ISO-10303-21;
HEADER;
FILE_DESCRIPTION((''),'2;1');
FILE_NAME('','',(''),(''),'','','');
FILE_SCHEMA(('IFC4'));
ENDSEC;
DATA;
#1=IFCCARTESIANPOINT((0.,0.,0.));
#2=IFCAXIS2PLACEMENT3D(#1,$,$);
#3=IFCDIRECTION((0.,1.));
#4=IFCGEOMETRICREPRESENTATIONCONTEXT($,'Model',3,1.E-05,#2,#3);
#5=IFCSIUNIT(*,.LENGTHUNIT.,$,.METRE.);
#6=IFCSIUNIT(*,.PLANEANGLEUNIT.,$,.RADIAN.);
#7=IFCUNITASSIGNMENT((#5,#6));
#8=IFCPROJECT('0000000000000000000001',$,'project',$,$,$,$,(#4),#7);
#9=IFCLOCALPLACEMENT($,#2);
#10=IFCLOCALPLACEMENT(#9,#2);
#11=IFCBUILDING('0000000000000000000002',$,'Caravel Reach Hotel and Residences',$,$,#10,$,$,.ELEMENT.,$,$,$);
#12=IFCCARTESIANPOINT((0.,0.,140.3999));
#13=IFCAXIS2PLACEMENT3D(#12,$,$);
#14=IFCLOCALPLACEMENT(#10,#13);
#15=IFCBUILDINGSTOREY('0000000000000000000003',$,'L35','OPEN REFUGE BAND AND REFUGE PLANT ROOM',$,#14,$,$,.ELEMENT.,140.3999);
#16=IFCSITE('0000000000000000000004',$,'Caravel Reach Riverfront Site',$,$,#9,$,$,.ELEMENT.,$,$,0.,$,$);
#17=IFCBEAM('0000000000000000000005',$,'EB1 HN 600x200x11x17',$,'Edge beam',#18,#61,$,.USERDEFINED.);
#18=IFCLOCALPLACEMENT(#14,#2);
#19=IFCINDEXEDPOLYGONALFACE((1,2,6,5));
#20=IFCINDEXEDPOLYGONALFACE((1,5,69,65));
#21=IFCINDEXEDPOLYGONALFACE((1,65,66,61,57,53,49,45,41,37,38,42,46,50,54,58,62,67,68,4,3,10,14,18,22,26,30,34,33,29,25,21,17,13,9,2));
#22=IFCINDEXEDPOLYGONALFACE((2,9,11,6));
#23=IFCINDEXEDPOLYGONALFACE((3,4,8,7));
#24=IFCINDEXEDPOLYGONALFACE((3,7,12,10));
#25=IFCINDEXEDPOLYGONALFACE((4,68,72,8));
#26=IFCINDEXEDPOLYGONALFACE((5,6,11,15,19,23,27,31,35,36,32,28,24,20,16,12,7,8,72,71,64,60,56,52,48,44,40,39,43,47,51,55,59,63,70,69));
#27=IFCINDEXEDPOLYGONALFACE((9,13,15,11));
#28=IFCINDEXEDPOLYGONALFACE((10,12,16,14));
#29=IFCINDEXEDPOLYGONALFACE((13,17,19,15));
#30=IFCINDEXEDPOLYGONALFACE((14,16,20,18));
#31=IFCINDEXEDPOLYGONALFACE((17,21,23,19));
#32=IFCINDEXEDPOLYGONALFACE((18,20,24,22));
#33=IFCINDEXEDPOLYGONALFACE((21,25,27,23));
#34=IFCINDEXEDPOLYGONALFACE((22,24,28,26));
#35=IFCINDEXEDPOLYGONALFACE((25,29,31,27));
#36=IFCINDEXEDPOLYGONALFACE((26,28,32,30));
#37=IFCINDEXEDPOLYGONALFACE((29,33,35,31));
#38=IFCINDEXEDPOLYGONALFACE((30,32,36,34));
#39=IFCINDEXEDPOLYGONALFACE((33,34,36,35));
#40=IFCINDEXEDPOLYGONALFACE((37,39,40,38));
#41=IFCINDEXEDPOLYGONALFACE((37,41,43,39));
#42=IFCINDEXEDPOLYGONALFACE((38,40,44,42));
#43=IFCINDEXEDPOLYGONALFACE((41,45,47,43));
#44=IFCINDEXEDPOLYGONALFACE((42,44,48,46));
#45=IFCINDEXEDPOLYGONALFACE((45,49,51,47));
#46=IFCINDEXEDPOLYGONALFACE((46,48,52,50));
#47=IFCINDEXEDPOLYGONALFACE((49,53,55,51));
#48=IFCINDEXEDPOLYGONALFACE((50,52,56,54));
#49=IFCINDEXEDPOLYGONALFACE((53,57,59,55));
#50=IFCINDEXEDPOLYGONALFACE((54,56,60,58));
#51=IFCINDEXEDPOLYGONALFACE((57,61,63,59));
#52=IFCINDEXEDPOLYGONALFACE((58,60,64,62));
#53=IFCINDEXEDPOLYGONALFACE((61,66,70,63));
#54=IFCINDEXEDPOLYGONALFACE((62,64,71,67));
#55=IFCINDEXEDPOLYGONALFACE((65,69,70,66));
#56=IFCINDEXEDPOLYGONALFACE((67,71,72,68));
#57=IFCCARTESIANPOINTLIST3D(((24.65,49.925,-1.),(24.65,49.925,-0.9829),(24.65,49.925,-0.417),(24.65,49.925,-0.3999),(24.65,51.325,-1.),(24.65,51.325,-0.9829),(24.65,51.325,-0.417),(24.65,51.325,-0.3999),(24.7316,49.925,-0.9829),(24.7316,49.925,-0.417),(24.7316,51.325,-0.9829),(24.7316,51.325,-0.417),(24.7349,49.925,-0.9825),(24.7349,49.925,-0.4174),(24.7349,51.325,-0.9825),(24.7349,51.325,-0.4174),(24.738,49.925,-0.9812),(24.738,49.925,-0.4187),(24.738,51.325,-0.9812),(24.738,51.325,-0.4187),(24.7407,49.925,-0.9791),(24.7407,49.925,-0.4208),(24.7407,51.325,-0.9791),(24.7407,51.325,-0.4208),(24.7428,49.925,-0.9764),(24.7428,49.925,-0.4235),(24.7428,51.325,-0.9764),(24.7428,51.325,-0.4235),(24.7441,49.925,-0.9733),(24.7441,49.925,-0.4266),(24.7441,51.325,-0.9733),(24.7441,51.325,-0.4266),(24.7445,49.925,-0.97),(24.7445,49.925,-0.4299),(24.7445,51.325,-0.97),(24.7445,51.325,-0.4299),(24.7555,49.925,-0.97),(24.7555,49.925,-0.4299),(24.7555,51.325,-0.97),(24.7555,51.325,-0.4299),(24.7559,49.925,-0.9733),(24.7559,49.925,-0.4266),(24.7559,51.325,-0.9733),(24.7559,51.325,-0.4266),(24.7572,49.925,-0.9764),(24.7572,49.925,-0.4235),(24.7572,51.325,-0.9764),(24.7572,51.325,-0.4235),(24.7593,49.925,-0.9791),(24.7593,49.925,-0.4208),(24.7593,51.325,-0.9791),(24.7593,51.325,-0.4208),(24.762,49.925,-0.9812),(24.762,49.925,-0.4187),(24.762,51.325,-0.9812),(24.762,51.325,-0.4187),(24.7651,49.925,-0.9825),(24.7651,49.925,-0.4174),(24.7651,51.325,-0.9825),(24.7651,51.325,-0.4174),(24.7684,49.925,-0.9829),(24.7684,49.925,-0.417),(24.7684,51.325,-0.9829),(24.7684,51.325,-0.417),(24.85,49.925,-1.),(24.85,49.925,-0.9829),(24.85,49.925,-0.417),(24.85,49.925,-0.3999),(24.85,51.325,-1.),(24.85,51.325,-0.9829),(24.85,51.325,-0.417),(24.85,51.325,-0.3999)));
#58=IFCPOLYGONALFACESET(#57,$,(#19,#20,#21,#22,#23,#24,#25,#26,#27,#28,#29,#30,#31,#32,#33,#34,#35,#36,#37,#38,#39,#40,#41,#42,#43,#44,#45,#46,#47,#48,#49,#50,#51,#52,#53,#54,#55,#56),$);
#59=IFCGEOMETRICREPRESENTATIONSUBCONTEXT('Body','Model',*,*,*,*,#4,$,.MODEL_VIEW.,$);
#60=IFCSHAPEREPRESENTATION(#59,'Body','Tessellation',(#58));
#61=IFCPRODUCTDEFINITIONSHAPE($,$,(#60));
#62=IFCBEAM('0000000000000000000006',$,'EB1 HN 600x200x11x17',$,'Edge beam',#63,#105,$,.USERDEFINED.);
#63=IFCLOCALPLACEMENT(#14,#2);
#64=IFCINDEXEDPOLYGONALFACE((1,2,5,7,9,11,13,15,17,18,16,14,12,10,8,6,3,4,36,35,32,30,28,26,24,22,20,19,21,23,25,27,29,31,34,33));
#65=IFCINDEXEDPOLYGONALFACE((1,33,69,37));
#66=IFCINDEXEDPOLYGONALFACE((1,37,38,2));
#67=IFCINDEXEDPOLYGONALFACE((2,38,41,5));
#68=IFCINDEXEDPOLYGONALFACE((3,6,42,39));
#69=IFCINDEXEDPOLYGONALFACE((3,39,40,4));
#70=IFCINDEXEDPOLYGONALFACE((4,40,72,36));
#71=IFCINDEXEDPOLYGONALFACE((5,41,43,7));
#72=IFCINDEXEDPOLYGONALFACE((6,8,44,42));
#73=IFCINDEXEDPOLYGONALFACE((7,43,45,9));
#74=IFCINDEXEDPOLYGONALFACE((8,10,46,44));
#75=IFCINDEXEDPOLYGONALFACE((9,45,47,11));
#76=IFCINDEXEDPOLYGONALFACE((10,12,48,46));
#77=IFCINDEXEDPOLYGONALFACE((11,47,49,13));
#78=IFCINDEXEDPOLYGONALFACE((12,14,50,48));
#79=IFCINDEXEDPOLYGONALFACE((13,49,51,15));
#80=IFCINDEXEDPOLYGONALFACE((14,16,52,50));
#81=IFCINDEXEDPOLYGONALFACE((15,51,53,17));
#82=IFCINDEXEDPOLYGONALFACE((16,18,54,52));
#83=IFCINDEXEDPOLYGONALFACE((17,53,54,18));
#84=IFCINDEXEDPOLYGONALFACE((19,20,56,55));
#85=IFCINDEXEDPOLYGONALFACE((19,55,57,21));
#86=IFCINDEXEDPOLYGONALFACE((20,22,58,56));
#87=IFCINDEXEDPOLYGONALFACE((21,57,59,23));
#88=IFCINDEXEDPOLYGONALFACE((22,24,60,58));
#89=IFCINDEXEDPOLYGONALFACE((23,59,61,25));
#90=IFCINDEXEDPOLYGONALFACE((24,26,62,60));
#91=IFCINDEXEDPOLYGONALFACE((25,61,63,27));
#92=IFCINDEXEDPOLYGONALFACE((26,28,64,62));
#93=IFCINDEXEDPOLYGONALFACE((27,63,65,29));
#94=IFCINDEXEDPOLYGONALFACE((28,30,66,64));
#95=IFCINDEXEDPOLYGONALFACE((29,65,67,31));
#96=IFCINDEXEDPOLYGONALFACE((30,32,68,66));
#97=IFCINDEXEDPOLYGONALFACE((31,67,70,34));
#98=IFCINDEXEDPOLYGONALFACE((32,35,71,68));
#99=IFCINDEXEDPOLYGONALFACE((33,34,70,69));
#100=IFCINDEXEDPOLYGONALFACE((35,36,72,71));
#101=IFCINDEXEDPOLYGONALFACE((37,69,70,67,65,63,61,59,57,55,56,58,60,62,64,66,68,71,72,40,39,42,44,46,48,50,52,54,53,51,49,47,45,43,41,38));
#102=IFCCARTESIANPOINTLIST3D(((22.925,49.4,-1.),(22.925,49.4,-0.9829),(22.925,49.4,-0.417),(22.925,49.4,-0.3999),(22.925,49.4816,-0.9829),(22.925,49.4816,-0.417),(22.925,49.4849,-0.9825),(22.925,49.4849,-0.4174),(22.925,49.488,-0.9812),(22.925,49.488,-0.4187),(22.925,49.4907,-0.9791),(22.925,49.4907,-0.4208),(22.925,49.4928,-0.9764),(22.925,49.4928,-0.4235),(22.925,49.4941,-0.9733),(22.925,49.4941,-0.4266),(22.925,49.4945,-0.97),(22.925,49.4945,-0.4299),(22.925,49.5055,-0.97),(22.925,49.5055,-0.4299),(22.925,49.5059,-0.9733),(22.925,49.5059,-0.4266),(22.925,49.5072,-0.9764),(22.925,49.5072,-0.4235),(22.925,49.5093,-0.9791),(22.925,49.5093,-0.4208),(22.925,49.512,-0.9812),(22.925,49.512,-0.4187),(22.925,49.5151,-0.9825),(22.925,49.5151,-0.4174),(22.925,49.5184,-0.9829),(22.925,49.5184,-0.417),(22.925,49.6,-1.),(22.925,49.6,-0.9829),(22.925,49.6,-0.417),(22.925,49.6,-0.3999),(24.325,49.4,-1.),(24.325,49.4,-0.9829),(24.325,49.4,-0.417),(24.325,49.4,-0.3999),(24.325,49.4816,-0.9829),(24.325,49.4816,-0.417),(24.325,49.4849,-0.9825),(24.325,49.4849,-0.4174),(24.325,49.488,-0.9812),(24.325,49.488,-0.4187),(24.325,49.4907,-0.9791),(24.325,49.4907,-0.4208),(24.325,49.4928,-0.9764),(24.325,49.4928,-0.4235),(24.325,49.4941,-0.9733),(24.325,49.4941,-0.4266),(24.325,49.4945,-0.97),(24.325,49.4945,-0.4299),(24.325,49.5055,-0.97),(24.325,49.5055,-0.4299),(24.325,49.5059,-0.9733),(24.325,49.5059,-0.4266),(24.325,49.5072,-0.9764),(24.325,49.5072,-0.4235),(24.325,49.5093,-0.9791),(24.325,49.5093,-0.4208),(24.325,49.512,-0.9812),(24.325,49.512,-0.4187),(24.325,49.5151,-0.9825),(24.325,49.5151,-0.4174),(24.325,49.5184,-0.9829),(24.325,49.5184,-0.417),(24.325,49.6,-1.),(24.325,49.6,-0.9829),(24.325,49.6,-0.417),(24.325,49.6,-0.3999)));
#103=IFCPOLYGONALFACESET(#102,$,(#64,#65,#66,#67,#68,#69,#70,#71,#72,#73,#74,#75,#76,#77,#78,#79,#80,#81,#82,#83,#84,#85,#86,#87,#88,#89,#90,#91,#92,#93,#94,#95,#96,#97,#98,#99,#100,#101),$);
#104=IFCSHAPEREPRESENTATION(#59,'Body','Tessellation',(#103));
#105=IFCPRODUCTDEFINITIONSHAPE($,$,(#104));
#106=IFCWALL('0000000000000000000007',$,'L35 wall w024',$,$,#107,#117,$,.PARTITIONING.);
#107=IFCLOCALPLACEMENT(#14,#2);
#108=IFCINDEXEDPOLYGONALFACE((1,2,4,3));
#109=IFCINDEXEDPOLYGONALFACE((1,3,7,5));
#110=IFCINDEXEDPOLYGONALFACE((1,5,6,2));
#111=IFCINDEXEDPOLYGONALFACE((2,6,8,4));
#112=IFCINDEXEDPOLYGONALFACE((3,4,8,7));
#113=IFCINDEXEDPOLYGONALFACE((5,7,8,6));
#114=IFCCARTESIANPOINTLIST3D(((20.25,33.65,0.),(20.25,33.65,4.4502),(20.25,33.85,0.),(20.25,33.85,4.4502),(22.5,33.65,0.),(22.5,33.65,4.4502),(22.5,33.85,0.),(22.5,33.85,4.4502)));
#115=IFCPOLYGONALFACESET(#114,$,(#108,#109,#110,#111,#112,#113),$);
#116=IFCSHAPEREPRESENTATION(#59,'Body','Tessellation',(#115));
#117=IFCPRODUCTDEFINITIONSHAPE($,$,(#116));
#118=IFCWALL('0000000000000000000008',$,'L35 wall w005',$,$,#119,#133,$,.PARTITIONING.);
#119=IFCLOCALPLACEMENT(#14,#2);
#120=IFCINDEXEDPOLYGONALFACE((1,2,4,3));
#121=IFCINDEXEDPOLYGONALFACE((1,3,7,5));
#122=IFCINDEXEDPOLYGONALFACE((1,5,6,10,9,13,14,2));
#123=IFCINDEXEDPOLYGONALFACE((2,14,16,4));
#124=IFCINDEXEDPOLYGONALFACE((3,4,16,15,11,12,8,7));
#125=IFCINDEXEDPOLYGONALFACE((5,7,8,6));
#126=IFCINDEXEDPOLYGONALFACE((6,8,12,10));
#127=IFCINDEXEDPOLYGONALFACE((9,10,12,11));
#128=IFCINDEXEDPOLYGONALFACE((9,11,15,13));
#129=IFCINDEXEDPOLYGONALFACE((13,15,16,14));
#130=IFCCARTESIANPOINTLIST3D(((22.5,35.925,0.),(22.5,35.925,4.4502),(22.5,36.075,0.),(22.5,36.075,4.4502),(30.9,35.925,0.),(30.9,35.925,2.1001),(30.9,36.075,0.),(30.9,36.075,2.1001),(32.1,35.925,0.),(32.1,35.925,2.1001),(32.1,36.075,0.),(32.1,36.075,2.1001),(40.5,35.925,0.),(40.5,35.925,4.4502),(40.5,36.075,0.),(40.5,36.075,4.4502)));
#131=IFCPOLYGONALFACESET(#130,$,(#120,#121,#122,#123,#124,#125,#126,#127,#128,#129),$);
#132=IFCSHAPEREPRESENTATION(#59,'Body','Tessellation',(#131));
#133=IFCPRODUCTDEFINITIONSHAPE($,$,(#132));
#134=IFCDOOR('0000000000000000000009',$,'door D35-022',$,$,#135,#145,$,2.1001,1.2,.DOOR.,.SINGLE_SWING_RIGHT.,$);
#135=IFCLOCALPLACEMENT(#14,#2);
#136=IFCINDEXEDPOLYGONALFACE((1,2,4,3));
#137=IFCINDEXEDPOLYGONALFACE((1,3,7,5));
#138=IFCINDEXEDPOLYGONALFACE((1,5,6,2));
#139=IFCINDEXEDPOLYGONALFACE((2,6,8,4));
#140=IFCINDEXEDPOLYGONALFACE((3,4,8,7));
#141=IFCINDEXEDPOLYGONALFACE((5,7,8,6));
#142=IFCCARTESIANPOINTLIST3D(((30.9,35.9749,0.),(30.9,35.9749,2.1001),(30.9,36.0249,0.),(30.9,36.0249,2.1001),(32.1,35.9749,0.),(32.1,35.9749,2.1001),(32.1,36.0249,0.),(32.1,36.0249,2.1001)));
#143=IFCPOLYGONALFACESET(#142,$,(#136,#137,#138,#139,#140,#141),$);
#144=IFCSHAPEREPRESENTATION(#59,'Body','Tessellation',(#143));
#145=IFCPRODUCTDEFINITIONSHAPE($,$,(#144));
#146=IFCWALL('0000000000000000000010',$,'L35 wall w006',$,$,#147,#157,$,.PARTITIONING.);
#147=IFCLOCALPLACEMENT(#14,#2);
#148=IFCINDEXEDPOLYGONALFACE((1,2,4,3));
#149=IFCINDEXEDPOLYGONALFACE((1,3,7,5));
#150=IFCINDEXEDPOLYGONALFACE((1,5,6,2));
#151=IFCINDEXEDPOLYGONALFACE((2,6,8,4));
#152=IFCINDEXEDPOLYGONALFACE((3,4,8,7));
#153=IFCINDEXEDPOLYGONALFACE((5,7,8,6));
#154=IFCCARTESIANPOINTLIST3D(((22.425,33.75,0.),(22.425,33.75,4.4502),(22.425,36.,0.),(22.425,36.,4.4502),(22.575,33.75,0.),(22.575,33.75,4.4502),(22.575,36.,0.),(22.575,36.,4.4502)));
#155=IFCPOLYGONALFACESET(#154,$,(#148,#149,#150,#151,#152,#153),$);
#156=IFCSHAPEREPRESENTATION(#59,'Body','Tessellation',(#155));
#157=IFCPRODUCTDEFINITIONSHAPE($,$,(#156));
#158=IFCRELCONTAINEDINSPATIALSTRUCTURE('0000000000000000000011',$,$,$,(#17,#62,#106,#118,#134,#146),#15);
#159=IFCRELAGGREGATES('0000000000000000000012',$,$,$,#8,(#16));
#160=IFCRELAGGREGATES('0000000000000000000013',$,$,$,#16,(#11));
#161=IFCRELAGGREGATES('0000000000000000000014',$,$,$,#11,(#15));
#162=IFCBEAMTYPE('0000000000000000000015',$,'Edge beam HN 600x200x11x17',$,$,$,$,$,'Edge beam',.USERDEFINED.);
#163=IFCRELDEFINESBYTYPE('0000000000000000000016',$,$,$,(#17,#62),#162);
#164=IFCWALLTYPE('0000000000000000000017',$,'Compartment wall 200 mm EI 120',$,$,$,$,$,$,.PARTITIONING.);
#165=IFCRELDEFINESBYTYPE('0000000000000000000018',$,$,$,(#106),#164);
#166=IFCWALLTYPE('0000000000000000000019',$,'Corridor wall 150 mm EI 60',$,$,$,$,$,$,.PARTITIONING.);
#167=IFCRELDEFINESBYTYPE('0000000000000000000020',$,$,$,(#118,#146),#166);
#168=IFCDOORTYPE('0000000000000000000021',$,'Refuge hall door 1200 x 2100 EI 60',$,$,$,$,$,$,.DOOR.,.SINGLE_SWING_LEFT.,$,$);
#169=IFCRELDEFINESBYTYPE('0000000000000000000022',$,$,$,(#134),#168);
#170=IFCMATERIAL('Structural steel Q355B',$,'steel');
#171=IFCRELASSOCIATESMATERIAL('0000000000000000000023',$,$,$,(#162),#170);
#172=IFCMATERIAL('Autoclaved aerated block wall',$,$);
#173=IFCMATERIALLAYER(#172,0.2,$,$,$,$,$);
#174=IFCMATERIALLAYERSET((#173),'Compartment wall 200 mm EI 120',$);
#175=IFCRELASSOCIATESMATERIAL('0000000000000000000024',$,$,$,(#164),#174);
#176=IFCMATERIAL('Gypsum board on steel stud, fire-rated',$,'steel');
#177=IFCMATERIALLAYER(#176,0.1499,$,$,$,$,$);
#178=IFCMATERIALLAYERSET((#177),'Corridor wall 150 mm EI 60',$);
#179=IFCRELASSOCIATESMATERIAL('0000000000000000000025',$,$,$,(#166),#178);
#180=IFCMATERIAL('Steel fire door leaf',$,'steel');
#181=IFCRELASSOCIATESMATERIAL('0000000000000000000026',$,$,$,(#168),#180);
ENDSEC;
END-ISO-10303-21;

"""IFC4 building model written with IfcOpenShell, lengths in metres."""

from ifc_helpers import new_model, si_unit, direction, frame, frame_2d, origin, origin_2d, place, context, subcontext, project, spatial, rectangle, i_section, extrude, material, layer, layer_set, material_profile, profile_set, type_object, element, fill, save


model = new_model("IFC4")

# Units and contexts
model_context = context("Model", 3, precision=1e-05, world=origin(), true_north=direction((0.0, 1.0)))
body_context = subcontext(model_context, "Body", "Model", "MODEL_VIEW")
ifc_project = project(units=[si_unit("LENGTHUNIT", "METRE"), si_unit("PLANEANGLEUNIT", "RADIAN")], contexts=[model_context])

# Site, building, storey
site_placement = place(None, origin())
site = spatial("IfcSite", under=ifc_project, at=site_placement, Name="Caravel Reach Riverfront Site", CompositionType="ELEMENT", RefElevation=0.0)
building_placement = place(site_placement, origin())
building = spatial("IfcBuilding", under=site, at=building_placement, Name="Caravel Reach Hotel and Residences", CompositionType="ELEMENT")
storey_placement = place(building_placement, frame((0.0, 0.0, 140.3999)))
storey = spatial("IfcBuildingStorey", under=building, at=storey_placement, Name="L35", Description="OPEN REFUGE BAND AND REFUGE PLANT ROOM", CompositionType="ELEMENT", Elevation=140.3999)

# Beams
ifc_material_1 = material(Name="Structural steel Q355B", Category="steel")
ifc_material_profile_1 = material_profile(ifc_material_1, i_section(OverallWidth=0.2, OverallDepth=0.6001, WebThickness=0.011, FlangeThickness=0.0171, FilletRadius=0.0129, at=origin_2d()), Name="HN 600x200x11x17")
ifc_profile_set_1 = profile_set([ifc_material_profile_1], Name="Structural steel Q355B")
beam_type_1 = type_object("IfcBeamType", Name="Edge beam HN 600x200x11x17", ElementType="Edge beam", PredefinedType="USERDEFINED", material=ifc_profile_set_1)
for number, where, z_axis, x_axis, name in (
    (1, (24.75, 51.325, -0.7), (0.0, -1.0, 0.0), (1.0, 0.0, 0.0), "EB1 HN 600x200x11x17"),
    (2, (24.325, 49.5, -0.7), (-1.0, 0.0, 0.0), (0.0, -1.0, 0.0), "EB1 HN 600x200x11x17"),
):
    element("IfcBeam", number, at=place(storey_placement, frame(where, z_axis=z_axis, x_axis=x_axis)), inside=storey, type_object=beam_type_1, Name=name, ObjectType="Edge beam", PredefinedType="USERDEFINED", context=body_context, shape_type="SweptSolid", body=[
        extrude(i_section(OverallWidth=0.2, OverallDepth=0.6001, WebThickness=0.011, FlangeThickness=0.0171, FilletRadius=0.0129, at=origin_2d()), origin(), (0.0, 0.0, 1.0), 1.3999),
    ])

# Wall
ifc_material_2 = material(Name="Autoclaved aerated block wall")
ifc_layer_1 = layer(ifc_material_2, 0.2)
ifc_layer_set_1 = layer_set([ifc_layer_1], Name="Compartment wall 200 mm EI 120")
wall_type_1 = type_object("IfcWallType", Name="Compartment wall 200 mm EI 120", PredefinedType="PARTITIONING", material=ifc_layer_set_1)
wall_1_placement = place(storey_placement, frame((20.25, 33.75, 0.0), z_axis=(0.0, 0.0, 1.0), x_axis=(1.0, 0.0, 0.0)))
element("IfcWall", 3, at=wall_1_placement, inside=storey, type_object=wall_type_1, Name="L35 wall w024", PredefinedType="PARTITIONING", context=body_context, shape_type="SweptSolid", body=[
    extrude(rectangle(XDim=2.25, YDim=0.2, at=frame_2d((1.125, 0.0))), origin(), (0.0, 0.0, 1.0), 4.4502),
])

# Wall, opening, door
ifc_material_3 = material(Name="Gypsum board on steel stud, fire-rated", Category="steel")
ifc_layer_2 = layer(ifc_material_3, 0.1499)
ifc_layer_set_2 = layer_set([ifc_layer_2], Name="Corridor wall 150 mm EI 60")
wall_type_2 = type_object("IfcWallType", Name="Corridor wall 150 mm EI 60", PredefinedType="PARTITIONING", material=ifc_layer_set_2)
wall_2_placement = place(storey_placement, frame((22.5, 36.0, 0.0), z_axis=(0.0, 0.0, 1.0), x_axis=(1.0, 0.0, 0.0)))
wall_2 = element("IfcWall", 4, at=wall_2_placement, inside=storey, type_object=wall_type_2, Name="L35 wall w005", PredefinedType="PARTITIONING", context=body_context, shape_type="SweptSolid", body=[
    extrude(rectangle(XDim=18.0, YDim=0.1499, at=frame_2d((9.0, 0.0))), origin(), (0.0, 0.0, 1.0), 4.4502),
])
opening_1_placement = place(wall_2_placement, frame((8.3999, 0.0, 0.0)))
opening_1 = element("IfcOpeningElement", 5, at=opening_1_placement, cuts=wall_2, PredefinedType="OPENING", context=body_context, shape_type="SweptSolid", body=[
    extrude(rectangle(XDim=1.2, YDim=2.1001, at=frame_2d((0.6001, 1.05))), frame((0.0, 0.085, 0.0), z_axis=(0.0, -1.0, 0.0), x_axis=(1.0, 0.0, 0.0)), (0.0, 0.0, 1.0), 0.1699),
])
ifc_material_4 = material(Name="Steel fire door leaf", Category="steel")
door_type = type_object("IfcDoorType", Name="Refuge hall door 1200 x 2100 EI 60", OperationType="SINGLE_SWING_LEFT", PredefinedType="DOOR", material=ifc_material_4)
door_placement = place(opening_1_placement, origin())
door = element("IfcDoor", 6, at=door_placement, inside=storey, type_object=door_type, Name="door D35-022", OperationType="SINGLE_SWING_RIGHT", OverallHeight=2.1001, OverallWidth=1.2, PredefinedType="DOOR", context=body_context, shape_type="SweptSolid", body=[
    extrude(rectangle(XDim=1.2, YDim=2.1001, at=frame_2d((0.6001, 1.05))), frame((0.0, 0.0249, 0.0), z_axis=(0.0, -1.0, 0.0), x_axis=(1.0, 0.0, 0.0)), (0.0, 0.0, 1.0), 0.05),
])
fill(opening_1, door)

# Wall
wall_3_placement = place(storey_placement, frame((22.5, 33.75, 0.0), z_axis=(0.0, 0.0, 1.0), x_axis=(0.0, 1.0, 0.0)))
element("IfcWall", 7, at=wall_3_placement, inside=storey, type_object=wall_type_2, Name="L35 wall w006", PredefinedType="PARTITIONING", context=body_context, shape_type="SweptSolid", body=[
    extrude(rectangle(XDim=2.25, YDim=0.1499, at=frame_2d((1.125, 0.0))), origin(), (0.0, 0.0, 1.0), 4.4502),
])

save(model, "model.ifc")
